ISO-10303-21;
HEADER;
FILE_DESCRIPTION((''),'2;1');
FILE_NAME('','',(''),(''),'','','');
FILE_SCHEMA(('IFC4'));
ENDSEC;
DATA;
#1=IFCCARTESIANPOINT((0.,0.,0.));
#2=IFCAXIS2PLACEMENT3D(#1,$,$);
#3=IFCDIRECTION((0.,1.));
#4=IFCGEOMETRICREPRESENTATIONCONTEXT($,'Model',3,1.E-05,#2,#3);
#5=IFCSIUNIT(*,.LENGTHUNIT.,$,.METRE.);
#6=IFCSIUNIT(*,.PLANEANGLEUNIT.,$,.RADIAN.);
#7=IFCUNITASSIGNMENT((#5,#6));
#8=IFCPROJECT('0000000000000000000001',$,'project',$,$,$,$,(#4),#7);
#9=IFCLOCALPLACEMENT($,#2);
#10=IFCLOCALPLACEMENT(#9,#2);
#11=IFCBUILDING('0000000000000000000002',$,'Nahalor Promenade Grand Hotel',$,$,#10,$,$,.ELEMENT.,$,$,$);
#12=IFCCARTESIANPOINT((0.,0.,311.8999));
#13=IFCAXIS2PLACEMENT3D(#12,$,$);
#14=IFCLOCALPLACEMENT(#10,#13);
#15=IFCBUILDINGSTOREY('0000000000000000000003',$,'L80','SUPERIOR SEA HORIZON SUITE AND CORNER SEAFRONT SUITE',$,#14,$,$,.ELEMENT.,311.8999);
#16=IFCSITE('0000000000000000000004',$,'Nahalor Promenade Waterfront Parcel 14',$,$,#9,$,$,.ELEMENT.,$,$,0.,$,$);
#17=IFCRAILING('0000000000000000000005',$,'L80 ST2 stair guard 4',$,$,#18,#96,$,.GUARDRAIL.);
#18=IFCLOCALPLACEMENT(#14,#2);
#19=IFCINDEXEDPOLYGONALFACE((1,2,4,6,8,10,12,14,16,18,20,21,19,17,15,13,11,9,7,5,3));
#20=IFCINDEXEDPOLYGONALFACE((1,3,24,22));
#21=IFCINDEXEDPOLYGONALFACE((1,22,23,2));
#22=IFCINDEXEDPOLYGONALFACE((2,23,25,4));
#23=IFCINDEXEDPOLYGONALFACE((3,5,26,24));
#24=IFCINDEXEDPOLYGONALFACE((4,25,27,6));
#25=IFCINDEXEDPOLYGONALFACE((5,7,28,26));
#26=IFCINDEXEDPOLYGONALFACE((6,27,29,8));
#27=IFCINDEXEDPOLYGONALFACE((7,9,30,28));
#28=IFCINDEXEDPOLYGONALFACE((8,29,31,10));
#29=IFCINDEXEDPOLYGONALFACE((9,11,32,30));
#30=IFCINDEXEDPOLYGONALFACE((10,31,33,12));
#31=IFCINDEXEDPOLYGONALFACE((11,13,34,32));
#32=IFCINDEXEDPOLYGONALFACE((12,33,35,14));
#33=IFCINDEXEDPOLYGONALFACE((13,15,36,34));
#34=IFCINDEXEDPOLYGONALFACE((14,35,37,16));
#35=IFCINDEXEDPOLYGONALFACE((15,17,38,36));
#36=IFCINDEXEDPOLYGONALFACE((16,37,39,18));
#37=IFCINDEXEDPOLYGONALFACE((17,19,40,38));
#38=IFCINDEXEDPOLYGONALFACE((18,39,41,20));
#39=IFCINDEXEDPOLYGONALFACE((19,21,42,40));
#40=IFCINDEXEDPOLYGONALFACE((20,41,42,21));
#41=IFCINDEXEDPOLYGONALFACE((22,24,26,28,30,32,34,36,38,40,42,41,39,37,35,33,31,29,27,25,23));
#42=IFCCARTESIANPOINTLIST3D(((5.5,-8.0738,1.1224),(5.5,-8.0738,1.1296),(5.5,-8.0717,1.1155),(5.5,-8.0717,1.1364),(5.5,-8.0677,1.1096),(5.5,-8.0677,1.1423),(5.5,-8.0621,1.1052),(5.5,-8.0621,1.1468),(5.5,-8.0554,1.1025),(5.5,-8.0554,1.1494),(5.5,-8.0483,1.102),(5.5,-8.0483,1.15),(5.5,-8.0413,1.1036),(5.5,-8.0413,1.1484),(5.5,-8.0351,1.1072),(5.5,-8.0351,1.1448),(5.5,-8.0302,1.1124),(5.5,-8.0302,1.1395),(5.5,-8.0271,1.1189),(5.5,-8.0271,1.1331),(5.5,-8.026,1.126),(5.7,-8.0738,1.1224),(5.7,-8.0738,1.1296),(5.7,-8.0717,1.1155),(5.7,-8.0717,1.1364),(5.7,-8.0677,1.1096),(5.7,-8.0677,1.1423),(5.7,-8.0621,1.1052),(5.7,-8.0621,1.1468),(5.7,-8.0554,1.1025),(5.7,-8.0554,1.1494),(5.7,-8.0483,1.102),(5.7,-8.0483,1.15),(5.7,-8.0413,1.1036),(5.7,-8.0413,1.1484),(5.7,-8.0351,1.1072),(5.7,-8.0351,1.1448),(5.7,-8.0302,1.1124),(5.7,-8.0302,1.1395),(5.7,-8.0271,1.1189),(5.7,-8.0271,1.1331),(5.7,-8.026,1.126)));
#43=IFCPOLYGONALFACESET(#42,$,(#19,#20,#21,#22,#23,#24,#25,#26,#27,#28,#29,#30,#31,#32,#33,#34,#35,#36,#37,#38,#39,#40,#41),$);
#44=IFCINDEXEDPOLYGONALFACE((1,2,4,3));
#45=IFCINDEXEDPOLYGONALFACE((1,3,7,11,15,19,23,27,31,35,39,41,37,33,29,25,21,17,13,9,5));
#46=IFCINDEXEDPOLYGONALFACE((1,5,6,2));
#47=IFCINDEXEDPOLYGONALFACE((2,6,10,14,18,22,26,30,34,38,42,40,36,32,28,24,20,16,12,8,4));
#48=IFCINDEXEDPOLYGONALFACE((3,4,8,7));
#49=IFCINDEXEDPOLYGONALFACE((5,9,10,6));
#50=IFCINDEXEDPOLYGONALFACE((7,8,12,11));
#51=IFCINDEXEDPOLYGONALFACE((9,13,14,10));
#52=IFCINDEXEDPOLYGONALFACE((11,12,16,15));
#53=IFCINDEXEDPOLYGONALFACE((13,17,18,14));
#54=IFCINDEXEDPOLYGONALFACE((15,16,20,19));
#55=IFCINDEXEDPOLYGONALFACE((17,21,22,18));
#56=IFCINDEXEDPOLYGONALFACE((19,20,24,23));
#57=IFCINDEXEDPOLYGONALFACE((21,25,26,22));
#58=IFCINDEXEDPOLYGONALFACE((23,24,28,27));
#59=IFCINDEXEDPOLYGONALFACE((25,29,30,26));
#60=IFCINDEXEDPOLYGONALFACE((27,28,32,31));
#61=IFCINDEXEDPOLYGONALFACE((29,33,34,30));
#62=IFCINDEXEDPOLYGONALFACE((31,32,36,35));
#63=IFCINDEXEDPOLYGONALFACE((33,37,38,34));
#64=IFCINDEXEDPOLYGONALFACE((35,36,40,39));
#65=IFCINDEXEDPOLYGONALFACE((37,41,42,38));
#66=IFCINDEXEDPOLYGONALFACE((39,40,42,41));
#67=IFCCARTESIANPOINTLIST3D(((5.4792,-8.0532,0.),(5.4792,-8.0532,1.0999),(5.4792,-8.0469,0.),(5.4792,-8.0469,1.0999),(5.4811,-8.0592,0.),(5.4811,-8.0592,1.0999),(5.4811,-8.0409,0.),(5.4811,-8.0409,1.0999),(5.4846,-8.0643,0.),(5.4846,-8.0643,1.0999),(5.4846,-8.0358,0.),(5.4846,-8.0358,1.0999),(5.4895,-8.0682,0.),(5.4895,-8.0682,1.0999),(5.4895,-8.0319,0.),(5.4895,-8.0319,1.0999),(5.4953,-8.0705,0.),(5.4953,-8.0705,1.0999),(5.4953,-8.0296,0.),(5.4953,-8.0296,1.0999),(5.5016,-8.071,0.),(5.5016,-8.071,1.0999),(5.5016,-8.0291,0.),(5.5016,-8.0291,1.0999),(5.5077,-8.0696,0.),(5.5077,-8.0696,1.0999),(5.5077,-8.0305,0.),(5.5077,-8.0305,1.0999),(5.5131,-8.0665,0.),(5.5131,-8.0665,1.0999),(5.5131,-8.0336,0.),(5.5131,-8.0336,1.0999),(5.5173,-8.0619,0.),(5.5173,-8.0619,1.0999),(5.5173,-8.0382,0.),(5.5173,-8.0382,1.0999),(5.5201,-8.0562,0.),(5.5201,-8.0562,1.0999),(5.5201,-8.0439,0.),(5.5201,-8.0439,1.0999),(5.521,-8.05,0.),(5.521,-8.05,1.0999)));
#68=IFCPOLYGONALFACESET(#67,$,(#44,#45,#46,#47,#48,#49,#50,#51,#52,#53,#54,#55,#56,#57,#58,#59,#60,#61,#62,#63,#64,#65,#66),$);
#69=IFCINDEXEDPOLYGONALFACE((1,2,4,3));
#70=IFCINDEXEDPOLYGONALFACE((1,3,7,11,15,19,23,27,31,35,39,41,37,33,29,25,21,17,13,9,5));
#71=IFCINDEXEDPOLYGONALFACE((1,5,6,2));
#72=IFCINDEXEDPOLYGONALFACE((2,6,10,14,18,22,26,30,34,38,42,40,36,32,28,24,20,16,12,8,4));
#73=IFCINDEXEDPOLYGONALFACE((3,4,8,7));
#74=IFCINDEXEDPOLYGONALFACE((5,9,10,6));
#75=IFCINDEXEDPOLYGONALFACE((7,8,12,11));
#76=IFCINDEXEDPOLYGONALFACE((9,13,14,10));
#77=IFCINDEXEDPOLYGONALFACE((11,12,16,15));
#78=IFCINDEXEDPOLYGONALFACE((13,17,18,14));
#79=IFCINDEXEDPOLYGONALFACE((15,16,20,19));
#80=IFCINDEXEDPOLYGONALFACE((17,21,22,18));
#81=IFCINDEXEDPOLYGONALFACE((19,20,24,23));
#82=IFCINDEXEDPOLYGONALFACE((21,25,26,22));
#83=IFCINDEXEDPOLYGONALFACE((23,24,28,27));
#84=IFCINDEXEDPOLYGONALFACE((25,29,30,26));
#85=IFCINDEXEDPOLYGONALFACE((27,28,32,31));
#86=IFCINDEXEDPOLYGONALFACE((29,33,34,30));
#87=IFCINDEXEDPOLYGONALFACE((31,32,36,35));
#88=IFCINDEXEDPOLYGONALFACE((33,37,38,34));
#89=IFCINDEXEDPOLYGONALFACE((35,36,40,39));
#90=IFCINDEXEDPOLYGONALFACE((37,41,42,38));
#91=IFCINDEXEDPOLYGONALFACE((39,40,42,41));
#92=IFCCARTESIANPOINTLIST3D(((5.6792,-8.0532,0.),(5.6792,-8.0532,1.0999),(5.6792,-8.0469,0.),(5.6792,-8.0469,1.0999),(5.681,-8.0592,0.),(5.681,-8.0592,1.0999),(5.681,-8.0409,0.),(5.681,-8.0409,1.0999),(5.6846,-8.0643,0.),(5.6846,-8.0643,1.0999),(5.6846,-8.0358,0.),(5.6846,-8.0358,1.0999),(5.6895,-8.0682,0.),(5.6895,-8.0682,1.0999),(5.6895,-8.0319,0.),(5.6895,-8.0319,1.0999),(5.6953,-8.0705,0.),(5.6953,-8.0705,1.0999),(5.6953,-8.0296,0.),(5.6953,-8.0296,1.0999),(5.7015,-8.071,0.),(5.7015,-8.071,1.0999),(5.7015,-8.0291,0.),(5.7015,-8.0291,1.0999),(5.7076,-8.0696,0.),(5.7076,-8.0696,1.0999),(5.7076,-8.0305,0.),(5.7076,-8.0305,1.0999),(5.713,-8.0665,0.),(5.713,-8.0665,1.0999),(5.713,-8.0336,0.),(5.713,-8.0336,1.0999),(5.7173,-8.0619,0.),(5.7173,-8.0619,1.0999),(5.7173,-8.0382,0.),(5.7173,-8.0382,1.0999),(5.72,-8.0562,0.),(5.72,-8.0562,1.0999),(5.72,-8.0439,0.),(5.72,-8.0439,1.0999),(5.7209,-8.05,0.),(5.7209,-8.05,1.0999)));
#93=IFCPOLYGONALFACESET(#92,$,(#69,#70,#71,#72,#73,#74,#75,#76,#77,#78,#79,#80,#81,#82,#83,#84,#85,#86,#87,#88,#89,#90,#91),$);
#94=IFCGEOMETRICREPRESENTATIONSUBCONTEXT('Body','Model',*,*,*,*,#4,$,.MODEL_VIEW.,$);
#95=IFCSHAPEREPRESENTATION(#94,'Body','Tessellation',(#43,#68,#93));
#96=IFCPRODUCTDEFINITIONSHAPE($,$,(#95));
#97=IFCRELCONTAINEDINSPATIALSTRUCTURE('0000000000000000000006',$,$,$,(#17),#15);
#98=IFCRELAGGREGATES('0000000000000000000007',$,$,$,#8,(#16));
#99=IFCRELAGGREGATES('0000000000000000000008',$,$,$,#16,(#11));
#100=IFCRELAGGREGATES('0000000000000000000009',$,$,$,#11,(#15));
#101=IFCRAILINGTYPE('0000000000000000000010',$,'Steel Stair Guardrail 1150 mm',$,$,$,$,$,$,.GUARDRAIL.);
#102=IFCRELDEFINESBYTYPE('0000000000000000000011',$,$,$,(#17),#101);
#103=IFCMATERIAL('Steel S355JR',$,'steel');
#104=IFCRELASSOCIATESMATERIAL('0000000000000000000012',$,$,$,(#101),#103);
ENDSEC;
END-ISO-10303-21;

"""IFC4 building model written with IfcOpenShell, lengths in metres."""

from ifc_helpers import new_model, si_unit, direction, frame, origin, origin_2d, place, context, subcontext, project, spatial, circle, extrude, material, type_object, element, save


model = new_model("IFC4")

# Units and contexts
model_context = context("Model", 3, precision=1e-05, world=origin(), true_north=direction((0.0, 1.0)))
body_context = subcontext(model_context, "Body", "Model", "MODEL_VIEW")
ifc_project = project(units=[si_unit("LENGTHUNIT", "METRE"), si_unit("PLANEANGLEUNIT", "RADIAN")], contexts=[model_context])

# Site, building, storey
site_placement = place(None, origin())
site = spatial("IfcSite", under=ifc_project, at=site_placement, Name="Nahalor Promenade Waterfront Parcel 14", CompositionType="ELEMENT", RefElevation=0.0)
building_placement = place(site_placement, origin())
building = spatial("IfcBuilding", under=site, at=building_placement, Name="Nahalor Promenade Grand Hotel", CompositionType="ELEMENT")
storey_placement = place(building_placement, frame((0.0, 0.0, 311.8999)))
storey = spatial("IfcBuildingStorey", under=building, at=storey_placement, Name="L80", Description="SUPERIOR SEA HORIZON SUITE AND CORNER SEAFRONT SUITE", CompositionType="ELEMENT", Elevation=311.8999)

# Shared definitions
ifc_material_1 = material(Name="Steel S355JR", Category="steel")

# Railing
railing_type_1 = type_object("IfcRailingType", Name="Steel Stair Guardrail 1150 mm", PredefinedType="GUARDRAIL", material=ifc_material_1)
railing_1_placement = place(storey_placement, frame((5.5, -8.05, 0.0)))
element("IfcRailing", 1, at=railing_1_placement, inside=storey, type_object=railing_type_1, Name="L80 ST2 stair guard 4", PredefinedType="GUARDRAIL", context=body_context, shape_type="SweptSolid", body=[
    extrude(circle(Radius=0.024, at=origin_2d()), frame((0.0, 0.0, 1.126), z_axis=(1.0, 0.0, 0.0), x_axis=(0.0, 1.0, 0.0)), (0.0, 0.0, 1.0), 0.2),
    extrude(circle(Radius=0.021, at=origin_2d()), origin(), (0.0, 0.0, 1.0), 1.0999),
    extrude(circle(Radius=0.021, at=origin_2d()), frame((0.2, 0.0, 0.0)), (0.0, 0.0, 1.0), 1.0999),
])

save(model, "model.ifc")
